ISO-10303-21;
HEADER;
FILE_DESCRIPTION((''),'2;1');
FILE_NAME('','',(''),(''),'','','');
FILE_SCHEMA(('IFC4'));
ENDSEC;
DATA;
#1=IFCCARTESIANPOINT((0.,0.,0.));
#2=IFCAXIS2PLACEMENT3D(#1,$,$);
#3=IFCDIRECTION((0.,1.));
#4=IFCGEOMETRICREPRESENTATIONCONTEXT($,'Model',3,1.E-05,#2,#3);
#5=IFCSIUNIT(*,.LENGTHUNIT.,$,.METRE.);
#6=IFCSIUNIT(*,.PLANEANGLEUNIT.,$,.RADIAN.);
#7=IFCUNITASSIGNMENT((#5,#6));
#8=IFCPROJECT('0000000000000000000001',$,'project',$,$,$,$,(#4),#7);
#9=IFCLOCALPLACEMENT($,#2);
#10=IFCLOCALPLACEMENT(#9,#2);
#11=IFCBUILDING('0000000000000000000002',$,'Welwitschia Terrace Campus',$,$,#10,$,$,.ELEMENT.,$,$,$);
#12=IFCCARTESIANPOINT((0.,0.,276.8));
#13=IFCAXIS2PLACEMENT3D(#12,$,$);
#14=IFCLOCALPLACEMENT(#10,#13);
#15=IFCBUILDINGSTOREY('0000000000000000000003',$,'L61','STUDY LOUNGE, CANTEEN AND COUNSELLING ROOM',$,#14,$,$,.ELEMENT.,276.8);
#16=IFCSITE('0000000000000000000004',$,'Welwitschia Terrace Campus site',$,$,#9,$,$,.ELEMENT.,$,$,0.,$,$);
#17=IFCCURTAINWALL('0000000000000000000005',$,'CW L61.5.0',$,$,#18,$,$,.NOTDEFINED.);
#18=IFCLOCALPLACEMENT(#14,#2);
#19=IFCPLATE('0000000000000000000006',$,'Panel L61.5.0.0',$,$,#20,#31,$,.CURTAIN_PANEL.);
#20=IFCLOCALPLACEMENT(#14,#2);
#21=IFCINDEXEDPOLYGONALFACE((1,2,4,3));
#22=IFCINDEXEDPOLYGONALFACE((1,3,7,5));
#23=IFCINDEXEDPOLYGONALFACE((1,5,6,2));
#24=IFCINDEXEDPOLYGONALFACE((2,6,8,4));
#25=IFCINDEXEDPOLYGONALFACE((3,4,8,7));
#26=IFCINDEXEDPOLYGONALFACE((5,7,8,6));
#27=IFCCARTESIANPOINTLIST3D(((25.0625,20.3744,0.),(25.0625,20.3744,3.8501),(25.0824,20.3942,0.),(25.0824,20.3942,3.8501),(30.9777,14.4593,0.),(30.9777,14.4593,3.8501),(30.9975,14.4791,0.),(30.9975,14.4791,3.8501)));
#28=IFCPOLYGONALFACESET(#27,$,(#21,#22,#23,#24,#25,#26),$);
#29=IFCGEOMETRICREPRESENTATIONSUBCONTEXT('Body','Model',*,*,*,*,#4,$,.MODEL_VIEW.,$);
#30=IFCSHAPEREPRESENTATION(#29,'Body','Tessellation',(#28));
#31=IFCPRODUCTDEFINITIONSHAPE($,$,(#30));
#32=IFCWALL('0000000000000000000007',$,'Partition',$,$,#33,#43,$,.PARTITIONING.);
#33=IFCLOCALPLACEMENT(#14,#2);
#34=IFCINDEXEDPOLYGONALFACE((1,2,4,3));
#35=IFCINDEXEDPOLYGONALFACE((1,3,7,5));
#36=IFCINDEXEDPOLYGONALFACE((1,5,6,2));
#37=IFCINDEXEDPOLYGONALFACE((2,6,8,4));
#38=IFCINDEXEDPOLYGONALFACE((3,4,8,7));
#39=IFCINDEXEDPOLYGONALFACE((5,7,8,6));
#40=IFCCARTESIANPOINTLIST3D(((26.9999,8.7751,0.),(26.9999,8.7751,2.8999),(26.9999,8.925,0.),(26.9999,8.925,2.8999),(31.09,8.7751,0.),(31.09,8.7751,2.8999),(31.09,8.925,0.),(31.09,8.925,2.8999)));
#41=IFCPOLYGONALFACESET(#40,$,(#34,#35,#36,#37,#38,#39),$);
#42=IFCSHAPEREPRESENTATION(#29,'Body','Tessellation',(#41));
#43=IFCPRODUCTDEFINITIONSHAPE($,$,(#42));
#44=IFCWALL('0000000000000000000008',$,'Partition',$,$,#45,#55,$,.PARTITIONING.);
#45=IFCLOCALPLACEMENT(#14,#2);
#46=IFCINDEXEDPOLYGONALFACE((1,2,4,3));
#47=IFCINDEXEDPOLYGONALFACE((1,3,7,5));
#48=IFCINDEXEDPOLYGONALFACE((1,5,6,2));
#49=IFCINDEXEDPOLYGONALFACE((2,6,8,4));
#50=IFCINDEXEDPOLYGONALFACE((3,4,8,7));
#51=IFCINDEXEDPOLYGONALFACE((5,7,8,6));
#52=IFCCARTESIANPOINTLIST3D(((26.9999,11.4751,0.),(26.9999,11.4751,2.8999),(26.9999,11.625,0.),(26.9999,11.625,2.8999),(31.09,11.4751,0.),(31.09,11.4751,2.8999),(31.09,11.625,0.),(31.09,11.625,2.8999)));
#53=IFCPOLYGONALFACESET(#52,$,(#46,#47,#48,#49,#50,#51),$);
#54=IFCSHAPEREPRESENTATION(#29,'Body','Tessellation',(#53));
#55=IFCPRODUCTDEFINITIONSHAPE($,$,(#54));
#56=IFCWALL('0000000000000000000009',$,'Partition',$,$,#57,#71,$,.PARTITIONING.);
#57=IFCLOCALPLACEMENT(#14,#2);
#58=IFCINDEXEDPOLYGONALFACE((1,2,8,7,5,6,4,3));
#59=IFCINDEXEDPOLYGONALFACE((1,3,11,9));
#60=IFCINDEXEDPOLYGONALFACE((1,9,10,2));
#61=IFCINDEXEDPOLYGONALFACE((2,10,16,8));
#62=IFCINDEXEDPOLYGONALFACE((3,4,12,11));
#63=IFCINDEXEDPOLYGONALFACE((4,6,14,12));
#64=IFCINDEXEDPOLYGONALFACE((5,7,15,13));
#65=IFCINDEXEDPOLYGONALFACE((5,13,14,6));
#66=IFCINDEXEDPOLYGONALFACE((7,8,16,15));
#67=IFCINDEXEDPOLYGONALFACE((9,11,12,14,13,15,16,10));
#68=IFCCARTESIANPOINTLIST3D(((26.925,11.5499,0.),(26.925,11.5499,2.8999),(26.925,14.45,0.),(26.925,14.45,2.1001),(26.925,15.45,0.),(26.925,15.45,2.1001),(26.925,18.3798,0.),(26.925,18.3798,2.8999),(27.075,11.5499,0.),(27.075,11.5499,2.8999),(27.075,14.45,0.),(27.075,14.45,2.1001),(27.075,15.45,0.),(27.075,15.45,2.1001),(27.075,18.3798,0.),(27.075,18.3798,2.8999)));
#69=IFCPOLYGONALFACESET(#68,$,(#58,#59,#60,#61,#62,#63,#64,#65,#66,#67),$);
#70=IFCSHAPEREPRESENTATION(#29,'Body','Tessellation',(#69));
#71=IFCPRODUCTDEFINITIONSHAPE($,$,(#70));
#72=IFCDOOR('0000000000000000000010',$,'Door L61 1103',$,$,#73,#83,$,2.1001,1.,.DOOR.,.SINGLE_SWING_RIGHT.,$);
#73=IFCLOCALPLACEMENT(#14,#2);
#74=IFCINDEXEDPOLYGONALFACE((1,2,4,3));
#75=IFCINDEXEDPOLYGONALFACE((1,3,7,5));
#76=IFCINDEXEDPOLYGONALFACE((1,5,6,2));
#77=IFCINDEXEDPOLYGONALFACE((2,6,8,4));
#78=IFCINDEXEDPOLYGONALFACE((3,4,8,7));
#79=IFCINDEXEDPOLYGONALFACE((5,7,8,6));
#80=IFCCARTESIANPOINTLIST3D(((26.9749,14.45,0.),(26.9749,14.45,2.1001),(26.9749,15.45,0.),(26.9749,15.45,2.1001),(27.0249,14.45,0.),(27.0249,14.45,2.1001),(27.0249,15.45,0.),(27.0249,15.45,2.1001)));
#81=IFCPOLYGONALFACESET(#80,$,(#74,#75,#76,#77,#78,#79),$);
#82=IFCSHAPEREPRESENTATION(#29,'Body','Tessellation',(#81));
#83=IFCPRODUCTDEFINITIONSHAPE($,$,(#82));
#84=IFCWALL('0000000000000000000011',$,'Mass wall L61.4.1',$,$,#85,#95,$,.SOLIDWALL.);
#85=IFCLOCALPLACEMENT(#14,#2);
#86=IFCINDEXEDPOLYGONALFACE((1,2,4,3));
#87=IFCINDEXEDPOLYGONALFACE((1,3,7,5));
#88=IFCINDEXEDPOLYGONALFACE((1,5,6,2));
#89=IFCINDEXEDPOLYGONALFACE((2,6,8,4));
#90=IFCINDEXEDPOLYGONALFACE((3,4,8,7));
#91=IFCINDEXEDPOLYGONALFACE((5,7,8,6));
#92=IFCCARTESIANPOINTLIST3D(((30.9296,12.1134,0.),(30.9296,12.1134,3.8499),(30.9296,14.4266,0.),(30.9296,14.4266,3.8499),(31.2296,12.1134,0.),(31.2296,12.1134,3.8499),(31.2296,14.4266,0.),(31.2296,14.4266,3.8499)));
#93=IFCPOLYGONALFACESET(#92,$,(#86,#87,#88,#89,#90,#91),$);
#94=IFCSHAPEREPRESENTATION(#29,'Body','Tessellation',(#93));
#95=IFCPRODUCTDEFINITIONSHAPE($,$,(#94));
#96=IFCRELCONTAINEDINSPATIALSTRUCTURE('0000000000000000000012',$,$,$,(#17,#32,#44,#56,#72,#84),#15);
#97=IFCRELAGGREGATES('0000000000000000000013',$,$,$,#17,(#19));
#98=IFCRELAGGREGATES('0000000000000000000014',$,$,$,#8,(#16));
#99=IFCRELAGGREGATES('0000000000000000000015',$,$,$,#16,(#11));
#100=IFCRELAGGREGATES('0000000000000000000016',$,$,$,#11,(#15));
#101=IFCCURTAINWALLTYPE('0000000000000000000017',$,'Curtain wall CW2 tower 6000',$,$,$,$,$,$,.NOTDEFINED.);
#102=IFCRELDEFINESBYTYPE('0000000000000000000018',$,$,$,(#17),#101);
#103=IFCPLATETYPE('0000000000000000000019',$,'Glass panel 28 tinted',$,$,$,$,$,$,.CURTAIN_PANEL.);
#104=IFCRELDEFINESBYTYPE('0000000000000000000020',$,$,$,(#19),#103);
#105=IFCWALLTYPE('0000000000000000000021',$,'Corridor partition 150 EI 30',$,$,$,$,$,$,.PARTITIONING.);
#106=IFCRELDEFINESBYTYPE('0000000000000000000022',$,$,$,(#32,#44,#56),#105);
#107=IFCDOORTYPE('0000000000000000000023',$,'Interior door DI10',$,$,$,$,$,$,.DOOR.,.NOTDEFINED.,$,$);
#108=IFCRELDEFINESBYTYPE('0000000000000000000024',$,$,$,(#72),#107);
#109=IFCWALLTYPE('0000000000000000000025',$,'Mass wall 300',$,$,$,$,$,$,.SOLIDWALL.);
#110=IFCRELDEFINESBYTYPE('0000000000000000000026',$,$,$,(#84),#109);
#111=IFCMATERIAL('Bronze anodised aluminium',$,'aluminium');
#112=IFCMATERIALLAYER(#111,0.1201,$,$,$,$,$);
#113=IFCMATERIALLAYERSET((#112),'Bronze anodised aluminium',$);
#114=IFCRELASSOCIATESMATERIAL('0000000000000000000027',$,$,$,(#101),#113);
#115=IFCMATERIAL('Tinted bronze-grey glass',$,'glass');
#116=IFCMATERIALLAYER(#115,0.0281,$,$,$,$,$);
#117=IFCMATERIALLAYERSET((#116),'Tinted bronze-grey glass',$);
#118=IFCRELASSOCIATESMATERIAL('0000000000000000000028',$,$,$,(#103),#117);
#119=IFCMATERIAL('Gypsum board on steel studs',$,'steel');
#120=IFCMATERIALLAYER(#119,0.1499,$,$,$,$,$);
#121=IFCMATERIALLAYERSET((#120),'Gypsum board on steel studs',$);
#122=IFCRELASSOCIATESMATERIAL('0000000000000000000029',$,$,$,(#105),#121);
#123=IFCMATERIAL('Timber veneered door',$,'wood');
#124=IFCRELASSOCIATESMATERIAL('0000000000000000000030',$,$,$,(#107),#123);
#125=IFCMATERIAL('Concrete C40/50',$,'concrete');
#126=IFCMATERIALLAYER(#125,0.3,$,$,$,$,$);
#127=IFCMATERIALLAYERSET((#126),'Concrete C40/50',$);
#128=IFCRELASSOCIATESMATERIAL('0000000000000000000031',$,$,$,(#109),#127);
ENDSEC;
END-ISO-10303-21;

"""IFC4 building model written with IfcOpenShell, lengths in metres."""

from ifc_helpers import new_model, si_unit, direction, frame, frame_2d, origin, origin_2d, place, context, subcontext, project, spatial, rectangle, extrude, material, layer, layer_set, type_object, element, fill, aggregate, save


model = new_model("IFC4")

# Units and contexts
model_context = context("Model", 3, precision=1e-05, world=origin(), true_north=direction((0.0, 1.0)))
body_context = subcontext(model_context, "Body", "Model", "MODEL_VIEW")
ifc_project = project(units=[si_unit("LENGTHUNIT", "METRE"), si_unit("PLANEANGLEUNIT", "RADIAN")], contexts=[model_context])

# Site, building, storey
site_placement = place(None, origin())
site = spatial("IfcSite", under=ifc_project, at=site_placement, Name="Welwitschia Terrace Campus site", CompositionType="ELEMENT", RefElevation=0.0)
building_placement = place(site_placement, origin())
building = spatial("IfcBuilding", under=site, at=building_placement, Name="Welwitschia Terrace Campus", CompositionType="ELEMENT")
storey_placement = place(building_placement, frame((0.0, 0.0, 276.8)))
storey = spatial("IfcBuildingStorey", under=building, at=storey_placement, Name="L61", Description="STUDY LOUNGE, CANTEEN AND COUNSELLING ROOM", CompositionType="ELEMENT", Elevation=276.8)

# Curtain wall
ifc_material_1 = material(Name="Bronze anodised aluminium", Category="aluminium")
ifc_layer_1 = layer(ifc_material_1, 0.1201)
ifc_layer_set_1 = layer_set([ifc_layer_1], Name="Bronze anodised aluminium")
curtain_wall_type = type_object("IfcCurtainWallType", Name="Curtain wall CW2 tower 6000", PredefinedType="NOTDEFINED", material=ifc_layer_set_1)
curtain_wall_1_placement = place(storey_placement, origin())
curtain_wall_1 = element("IfcCurtainWall", 1, at=curtain_wall_1_placement, inside=storey, type_object=curtain_wall_type, Name="CW L61.5.0", PredefinedType="NOTDEFINED")

# Plate
ifc_material_2 = material(Name="Tinted bronze-grey glass", Category="glass")
ifc_layer_2 = layer(ifc_material_2, 0.0281)
ifc_layer_set_2 = layer_set([ifc_layer_2], Name="Tinted bronze-grey glass")
plate_type = type_object("IfcPlateType", Name="Glass panel 28 tinted", PredefinedType="CURTAIN_PANEL", material=ifc_layer_set_2)
plate_1_placement = place(storey_placement, frame((28.03, 17.4268, 0.0), z_axis=(0.0, 0.0, 1.0), x_axis=(-0.707107, 0.707107, 0.0)))
plate_1 = element("IfcPlate", 2, at=plate_1_placement, type_object=plate_type, Name="Panel L61.5.0.0", PredefinedType="CURTAIN_PANEL", context=body_context, shape_type="SweptSolid", body=[
    extrude(rectangle(XDim=8.3652, YDim=0.0281, at=origin_2d()), origin(), (0.0, 0.0, 1.0), 3.8501),
])
aggregate(curtain_wall_1, [plate_1])

# Walls
ifc_material_3 = material(Name="Gypsum board on steel studs", Category="steel")
ifc_layer_3 = layer(ifc_material_3, 0.1499)
ifc_layer_set_3 = layer_set([ifc_layer_3], Name="Gypsum board on steel studs")
wall_type_1 = type_object("IfcWallType", Name="Corridor partition 150 EI 30", PredefinedType="PARTITIONING", material=ifc_layer_set_3)
for number, where, z_axis, x_axis, name in (
    (3, (27.0, 8.8501, 0.0), (0.0, 0.0, 1.0), (1.0, 0.0, 0.0), "Partition"),
    (4, (27.0, 11.55, 0.0), (0.0, 0.0, 1.0), (1.0, 0.0, 0.0), "Partition"),
):
    element("IfcWall", number, at=place(storey_placement, frame(where, z_axis=z_axis, x_axis=x_axis)), inside=storey, type_object=wall_type_1, Name=name, PredefinedType="PARTITIONING", context=body_context, shape_type="SweptSolid", body=[
        extrude(rectangle(XDim=4.0901, YDim=0.1499, at=frame_2d((2.0449, 0.0))), origin(), (0.0, 0.0, 1.0), 2.8999),
    ])

# Wall, opening, door
wall_1_placement = place(storey_placement, frame((27.0, 18.3799, 0.0), z_axis=(0.0, 0.0, 1.0), x_axis=(0.0, -1.0, 0.0)))
wall_1 = element("IfcWall", 5, at=wall_1_placement, inside=storey, type_object=wall_type_1, Name="Partition", PredefinedType="PARTITIONING", context=body_context, shape_type="SweptSolid", body=[
    extrude(rectangle(XDim=6.8298, YDim=0.1499, at=frame_2d((3.415, 0.0))), origin(), (0.0, 0.0, 1.0), 2.8999),
])
opening_placement = place(wall_1_placement, frame((2.9299, 0.0, 0.0)))
opening = element("IfcOpeningElement", 6, at=opening_placement, cuts=wall_1, PredefinedType="OPENING", context=body_context, shape_type="SweptSolid", body=[
    extrude(rectangle(XDim=1.0, YDim=2.1001, at=frame_2d((0.5, 1.05))), frame((0.0, 0.085, 0.0), z_axis=(0.0, -1.0, 0.0), x_axis=(1.0, 0.0, 0.0)), (0.0, 0.0, 1.0), 0.1699),
])
ifc_material_4 = material(Name="Timber veneered door", Category="wood")
door_type = type_object("IfcDoorType", Name="Interior door DI10", OperationType="NOTDEFINED", PredefinedType="DOOR", material=ifc_material_4)
door_placement = place(opening_placement, origin())
door = element("IfcDoor", 7, at=door_placement, inside=storey, type_object=door_type, Name="Door L61 1103", OperationType="SINGLE_SWING_RIGHT", OverallHeight=2.1001, OverallWidth=1.0, PredefinedType="DOOR", context=body_context, shape_type="SweptSolid", body=[
    extrude(rectangle(XDim=1.0, YDim=2.1001, at=frame_2d((0.5, 1.05))), frame((0.0, 0.0249, 0.0), z_axis=(0.0, -1.0, 0.0), x_axis=(1.0, 0.0, 0.0)), (0.0, 0.0, 1.0), 0.05),
])
fill(opening, door)

# Wall
ifc_material_5 = material(Name="Concrete C40/50", Category="concrete")
ifc_layer_4 = layer(ifc_material_5, 0.3)
ifc_layer_set_4 = layer_set([ifc_layer_4], Name="Concrete C40/50")
wall_type_2 = type_object("IfcWallType", Name="Mass wall 300", PredefinedType="SOLIDWALL", material=ifc_layer_set_4)
wall_2_placement = place(storey_placement, frame((31.0796, 12.1133, 0.0), z_axis=(0.0, 0.0, 1.0), x_axis=(0.0, 1.0, 0.0)))
element("IfcWall", 8, at=wall_2_placement, inside=storey, type_object=wall_type_2, Name="Mass wall L61.4.1", PredefinedType="SOLIDWALL", context=body_context, shape_type="SweptSolid", body=[
    extrude(rectangle(XDim=2.3132, YDim=0.3, at=frame_2d((1.1567, 0.0))), origin(), (0.0, 0.0, 1.0), 3.8499),
])

save(model, "model.ifc")
